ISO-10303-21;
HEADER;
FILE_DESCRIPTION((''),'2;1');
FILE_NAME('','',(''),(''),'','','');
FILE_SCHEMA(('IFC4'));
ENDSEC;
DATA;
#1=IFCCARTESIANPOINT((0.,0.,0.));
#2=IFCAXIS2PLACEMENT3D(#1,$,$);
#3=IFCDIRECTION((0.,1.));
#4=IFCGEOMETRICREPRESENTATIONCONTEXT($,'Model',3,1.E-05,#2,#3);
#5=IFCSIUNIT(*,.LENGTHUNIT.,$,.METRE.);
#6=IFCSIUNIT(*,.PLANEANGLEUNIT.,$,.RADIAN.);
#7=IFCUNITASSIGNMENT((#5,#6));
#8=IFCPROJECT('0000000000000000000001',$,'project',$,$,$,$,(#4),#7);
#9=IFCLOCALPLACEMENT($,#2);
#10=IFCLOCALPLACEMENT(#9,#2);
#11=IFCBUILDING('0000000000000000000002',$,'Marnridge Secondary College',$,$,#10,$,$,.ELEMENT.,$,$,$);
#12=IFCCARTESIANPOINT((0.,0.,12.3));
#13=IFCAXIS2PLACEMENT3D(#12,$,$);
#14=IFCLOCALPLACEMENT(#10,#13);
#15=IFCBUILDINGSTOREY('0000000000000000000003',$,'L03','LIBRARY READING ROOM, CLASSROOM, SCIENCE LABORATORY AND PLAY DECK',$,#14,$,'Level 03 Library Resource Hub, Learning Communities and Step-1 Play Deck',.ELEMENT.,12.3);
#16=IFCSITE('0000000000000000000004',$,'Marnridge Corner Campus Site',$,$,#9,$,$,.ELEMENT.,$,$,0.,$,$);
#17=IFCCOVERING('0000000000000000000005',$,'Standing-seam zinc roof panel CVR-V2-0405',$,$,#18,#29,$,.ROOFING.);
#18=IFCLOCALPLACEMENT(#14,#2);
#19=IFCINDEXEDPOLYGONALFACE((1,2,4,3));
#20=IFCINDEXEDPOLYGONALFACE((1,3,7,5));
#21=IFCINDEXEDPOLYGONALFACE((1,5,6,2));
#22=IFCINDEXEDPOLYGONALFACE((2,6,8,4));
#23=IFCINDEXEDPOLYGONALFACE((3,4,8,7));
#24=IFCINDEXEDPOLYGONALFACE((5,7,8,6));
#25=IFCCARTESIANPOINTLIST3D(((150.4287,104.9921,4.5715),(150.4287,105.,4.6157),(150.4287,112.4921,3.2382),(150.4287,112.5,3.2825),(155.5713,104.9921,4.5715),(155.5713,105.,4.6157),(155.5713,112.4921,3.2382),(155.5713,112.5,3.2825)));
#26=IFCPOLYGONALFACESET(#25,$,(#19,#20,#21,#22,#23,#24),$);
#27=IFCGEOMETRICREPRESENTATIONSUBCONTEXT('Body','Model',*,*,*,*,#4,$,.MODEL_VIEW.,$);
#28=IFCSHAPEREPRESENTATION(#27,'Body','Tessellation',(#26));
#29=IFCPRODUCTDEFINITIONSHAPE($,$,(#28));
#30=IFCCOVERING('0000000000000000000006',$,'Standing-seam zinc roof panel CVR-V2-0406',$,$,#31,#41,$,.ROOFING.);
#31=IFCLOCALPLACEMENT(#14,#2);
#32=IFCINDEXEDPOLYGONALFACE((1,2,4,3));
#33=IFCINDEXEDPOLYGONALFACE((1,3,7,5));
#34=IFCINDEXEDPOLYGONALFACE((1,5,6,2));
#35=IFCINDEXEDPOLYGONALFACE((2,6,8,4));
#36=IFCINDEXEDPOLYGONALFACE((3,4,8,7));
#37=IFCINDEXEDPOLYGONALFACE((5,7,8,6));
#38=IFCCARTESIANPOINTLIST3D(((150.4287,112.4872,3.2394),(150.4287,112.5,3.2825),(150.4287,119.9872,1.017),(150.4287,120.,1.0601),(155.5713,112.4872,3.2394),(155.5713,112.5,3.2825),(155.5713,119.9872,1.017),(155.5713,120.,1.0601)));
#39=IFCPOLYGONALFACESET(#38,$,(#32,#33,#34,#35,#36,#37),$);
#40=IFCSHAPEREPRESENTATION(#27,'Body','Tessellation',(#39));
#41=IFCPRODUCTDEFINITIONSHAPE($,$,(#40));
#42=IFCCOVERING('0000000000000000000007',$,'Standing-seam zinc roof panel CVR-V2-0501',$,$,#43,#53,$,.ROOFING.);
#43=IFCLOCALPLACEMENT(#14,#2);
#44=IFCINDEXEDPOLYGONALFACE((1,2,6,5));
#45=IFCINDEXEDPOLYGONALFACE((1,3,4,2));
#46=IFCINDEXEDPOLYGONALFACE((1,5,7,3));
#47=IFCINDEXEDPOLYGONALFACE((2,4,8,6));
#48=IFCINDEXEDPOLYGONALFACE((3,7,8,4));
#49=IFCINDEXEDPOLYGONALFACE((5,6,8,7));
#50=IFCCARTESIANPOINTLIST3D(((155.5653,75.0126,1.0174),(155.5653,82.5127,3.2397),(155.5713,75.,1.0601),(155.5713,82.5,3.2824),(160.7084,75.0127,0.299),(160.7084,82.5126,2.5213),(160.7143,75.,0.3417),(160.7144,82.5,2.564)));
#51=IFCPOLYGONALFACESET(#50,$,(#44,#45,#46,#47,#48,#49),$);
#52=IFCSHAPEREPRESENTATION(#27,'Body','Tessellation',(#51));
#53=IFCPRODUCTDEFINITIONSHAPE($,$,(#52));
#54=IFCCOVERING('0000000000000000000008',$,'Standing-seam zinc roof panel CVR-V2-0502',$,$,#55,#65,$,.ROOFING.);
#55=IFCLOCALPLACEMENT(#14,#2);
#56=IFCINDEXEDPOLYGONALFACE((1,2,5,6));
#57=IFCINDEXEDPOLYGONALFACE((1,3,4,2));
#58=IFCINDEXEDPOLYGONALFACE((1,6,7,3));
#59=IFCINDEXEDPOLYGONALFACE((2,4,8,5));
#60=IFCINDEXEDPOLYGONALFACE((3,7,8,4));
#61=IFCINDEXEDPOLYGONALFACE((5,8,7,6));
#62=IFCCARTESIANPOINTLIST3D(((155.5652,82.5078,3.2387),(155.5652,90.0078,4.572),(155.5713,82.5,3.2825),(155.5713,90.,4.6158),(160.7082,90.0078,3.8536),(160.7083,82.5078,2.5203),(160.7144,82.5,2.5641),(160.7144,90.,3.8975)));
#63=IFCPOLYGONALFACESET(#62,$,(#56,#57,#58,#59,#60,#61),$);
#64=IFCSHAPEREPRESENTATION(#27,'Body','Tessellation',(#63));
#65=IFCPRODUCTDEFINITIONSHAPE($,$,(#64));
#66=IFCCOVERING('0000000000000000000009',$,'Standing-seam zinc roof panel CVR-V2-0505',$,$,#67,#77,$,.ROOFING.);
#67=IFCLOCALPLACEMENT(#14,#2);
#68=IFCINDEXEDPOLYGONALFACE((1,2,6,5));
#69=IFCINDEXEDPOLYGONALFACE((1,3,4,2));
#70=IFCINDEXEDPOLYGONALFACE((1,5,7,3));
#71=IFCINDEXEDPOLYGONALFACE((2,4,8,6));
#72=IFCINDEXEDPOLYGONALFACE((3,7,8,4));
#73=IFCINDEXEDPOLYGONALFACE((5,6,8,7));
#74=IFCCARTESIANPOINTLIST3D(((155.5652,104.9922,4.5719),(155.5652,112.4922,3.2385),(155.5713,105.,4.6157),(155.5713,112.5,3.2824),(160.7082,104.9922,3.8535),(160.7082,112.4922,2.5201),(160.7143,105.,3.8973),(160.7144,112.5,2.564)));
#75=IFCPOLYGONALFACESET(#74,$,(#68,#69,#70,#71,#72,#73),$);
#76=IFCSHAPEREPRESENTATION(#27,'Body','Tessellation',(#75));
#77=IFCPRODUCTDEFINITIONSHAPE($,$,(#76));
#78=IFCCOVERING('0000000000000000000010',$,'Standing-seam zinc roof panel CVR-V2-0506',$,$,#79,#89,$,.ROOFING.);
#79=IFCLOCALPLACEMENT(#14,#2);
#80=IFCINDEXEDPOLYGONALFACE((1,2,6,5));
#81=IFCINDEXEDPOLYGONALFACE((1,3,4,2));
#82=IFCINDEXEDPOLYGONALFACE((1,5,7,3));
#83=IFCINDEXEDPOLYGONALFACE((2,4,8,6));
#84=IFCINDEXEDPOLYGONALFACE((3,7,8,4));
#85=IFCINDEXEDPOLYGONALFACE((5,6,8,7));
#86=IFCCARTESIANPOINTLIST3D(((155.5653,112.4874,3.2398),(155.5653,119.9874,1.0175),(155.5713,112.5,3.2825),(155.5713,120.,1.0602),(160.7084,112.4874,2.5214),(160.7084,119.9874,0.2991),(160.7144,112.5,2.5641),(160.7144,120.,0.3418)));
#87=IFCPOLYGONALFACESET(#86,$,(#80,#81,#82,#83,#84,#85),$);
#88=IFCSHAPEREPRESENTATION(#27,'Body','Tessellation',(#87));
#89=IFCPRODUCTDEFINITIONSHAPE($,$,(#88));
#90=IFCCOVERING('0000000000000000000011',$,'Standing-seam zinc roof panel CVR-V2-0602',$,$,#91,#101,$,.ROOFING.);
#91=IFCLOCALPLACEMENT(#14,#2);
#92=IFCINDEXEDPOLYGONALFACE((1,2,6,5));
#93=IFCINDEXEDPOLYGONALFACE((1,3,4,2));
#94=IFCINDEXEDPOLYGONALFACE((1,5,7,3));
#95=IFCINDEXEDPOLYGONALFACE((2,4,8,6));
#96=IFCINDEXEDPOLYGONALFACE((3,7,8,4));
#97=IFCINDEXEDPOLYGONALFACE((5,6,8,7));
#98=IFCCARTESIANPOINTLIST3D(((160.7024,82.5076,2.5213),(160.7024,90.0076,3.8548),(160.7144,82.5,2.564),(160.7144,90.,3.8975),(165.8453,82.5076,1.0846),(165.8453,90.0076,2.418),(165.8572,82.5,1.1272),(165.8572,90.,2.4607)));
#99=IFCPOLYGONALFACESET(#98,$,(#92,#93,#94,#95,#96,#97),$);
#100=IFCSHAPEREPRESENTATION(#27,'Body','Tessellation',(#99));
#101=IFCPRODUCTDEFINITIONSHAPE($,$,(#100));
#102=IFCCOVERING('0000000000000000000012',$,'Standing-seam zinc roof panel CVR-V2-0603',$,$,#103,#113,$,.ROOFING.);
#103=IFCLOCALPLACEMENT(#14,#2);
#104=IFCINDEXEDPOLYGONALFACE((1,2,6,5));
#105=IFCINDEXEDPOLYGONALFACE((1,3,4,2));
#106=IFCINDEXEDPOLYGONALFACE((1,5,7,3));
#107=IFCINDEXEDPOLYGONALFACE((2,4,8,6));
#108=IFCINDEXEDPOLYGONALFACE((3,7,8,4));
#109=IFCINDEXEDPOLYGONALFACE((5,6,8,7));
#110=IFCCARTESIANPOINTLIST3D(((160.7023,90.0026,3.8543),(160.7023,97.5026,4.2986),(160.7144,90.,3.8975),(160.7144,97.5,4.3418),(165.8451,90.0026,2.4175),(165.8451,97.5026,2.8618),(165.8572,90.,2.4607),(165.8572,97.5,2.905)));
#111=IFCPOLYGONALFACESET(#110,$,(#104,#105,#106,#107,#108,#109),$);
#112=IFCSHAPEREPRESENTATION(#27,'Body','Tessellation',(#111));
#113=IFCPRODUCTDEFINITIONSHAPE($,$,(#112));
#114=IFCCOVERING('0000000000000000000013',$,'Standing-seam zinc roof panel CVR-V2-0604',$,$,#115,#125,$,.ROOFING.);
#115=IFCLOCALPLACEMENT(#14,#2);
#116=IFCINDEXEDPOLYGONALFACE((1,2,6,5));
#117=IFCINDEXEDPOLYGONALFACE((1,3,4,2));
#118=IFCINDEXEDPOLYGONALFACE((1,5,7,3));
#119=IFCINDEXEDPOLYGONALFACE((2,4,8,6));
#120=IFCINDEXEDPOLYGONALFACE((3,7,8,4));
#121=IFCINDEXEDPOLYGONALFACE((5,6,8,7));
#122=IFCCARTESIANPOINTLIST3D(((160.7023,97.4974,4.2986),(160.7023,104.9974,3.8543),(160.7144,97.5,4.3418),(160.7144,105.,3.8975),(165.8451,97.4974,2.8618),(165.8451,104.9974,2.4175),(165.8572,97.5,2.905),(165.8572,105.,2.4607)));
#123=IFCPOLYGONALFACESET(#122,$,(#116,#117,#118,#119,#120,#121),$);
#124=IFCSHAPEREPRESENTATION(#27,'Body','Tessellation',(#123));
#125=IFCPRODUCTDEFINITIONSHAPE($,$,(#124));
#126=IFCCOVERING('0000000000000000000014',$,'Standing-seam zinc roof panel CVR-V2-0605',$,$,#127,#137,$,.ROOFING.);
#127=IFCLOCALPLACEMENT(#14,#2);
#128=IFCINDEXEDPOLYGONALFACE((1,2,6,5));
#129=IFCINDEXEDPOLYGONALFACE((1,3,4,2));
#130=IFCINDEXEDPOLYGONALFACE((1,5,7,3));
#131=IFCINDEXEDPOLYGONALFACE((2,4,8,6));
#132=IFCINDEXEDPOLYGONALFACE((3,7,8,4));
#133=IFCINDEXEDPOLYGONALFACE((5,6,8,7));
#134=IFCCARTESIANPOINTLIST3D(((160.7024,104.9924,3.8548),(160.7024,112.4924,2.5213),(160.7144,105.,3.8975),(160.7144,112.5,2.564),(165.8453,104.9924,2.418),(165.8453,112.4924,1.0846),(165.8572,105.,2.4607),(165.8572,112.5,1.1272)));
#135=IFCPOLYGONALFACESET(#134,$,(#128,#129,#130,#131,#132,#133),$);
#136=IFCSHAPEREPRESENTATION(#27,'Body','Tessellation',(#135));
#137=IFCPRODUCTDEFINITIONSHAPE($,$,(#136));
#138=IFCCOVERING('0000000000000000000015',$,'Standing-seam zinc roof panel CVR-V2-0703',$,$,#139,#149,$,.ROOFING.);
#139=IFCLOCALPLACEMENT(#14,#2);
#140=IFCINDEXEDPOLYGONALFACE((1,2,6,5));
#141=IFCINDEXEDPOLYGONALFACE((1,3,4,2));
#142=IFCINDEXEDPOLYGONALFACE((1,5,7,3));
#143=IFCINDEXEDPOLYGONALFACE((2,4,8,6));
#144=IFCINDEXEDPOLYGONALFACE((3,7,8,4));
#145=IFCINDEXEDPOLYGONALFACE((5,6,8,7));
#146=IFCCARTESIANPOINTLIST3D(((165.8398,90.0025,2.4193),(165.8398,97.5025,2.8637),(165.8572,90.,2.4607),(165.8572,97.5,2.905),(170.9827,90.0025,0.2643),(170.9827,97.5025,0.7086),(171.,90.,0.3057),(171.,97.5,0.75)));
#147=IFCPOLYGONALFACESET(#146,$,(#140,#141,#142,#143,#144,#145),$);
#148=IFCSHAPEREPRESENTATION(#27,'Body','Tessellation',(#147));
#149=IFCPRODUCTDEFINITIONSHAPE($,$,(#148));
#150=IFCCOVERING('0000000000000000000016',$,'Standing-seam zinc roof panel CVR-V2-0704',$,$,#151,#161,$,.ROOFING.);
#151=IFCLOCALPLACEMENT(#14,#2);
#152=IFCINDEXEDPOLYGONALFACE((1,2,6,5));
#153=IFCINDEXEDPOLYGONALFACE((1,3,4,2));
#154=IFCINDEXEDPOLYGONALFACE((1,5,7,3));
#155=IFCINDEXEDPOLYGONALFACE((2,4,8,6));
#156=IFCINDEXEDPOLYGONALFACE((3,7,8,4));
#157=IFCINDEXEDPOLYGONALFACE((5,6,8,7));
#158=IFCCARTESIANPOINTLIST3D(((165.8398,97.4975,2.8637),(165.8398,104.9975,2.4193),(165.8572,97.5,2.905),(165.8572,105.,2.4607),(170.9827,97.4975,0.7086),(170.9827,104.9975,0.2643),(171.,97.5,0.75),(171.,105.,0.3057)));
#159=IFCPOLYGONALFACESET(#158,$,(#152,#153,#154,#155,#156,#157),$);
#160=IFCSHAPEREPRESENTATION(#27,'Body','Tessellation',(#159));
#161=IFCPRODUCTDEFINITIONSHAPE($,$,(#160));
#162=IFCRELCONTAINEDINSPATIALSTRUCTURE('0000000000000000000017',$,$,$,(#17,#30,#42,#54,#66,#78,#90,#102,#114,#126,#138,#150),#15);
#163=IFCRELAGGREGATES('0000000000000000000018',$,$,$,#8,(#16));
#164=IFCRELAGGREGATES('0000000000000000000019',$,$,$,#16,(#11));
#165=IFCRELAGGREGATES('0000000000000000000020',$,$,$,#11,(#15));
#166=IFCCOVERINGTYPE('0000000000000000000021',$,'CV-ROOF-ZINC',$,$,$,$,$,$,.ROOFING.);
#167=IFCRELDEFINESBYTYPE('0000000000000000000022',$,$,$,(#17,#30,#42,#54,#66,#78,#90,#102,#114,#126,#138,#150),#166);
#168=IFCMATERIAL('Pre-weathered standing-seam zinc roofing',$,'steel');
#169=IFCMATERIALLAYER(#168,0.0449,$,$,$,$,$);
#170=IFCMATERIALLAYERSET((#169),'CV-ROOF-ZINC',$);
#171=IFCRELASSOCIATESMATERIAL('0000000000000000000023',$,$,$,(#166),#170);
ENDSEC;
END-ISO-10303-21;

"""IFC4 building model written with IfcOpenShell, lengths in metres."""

from ifc_helpers import new_model, si_unit, direction, frame, origin, place, context, subcontext, project, spatial, polyline, outline, extrude, material, layer, layer_set, type_object, element, save


model = new_model("IFC4")

# Units and contexts
model_context = context("Model", 3, precision=1e-05, world=origin(), true_north=direction((0.0, 1.0)))
body_context = subcontext(model_context, "Body", "Model", "MODEL_VIEW")
ifc_project = project(units=[si_unit("LENGTHUNIT", "METRE"), si_unit("PLANEANGLEUNIT", "RADIAN")], contexts=[model_context])

# Site, building, storey
site_placement = place(None, origin())
site = spatial("IfcSite", under=ifc_project, at=site_placement, Name="Marnridge Corner Campus Site", CompositionType="ELEMENT", RefElevation=0.0)
building_placement = place(site_placement, origin())
building = spatial("IfcBuilding", under=site, at=building_placement, Name="Marnridge Secondary College", CompositionType="ELEMENT")
storey_placement = place(building_placement, frame((0.0, 0.0, 12.3)))
storey = spatial("IfcBuildingStorey", under=building, at=storey_placement, Name="L03", Description="LIBRARY READING ROOM, CLASSROOM, SCIENCE LABORATORY AND PLAY DECK", LongName="Level 03 Library Resource Hub, Learning Communities and Step-1 Play Deck", CompositionType="ELEMENT", Elevation=12.3)

# Coverings
ifc_material_1 = material(Name="Pre-weathered standing-seam zinc roofing", Category="steel")
ifc_layer_1 = layer(ifc_material_1, 0.0449)
ifc_layer_set_1 = layer_set([ifc_layer_1], Name="CV-ROOF-ZINC")
covering_type = type_object("IfcCoveringType", Name="CV-ROOF-ZINC", PredefinedType="ROOFING", material=ifc_layer_set_1)
for number, where, z_axis, x_axis, name in (
    (1, (150.4287, 105.0, 4.6157), (0.0, 0.175023, 0.984564), (1.0, 0.0, 0.0), "Standing-seam zinc roof panel CVR-V2-0405"),
):
    element("IfcCovering", number, at=place(storey_placement, frame(where, z_axis=z_axis, x_axis=x_axis)), inside=storey, type_object=covering_type, Name=name, PredefinedType="ROOFING", context=body_context, shape_type="SweptSolid", body=[
        extrude(outline(polyline([(0.0, 0.0), (5.1426, 0.0), (5.1426, 7.6176), (0.0, 7.6176), (0.0, 0.0)])), origin(), (0.0, 0.0, -1.0), 0.0449),
    ])
covering_1_placement = place(storey_placement, frame((150.4287, 112.5, 3.2825), z_axis=(0.0, 0.284111, 0.958792), x_axis=(1.0, 0.0, 0.0)))
element("IfcCovering", 2, at=covering_1_placement, inside=storey, type_object=covering_type, Name="Standing-seam zinc roof panel CVR-V2-0406", PredefinedType="ROOFING", context=body_context, shape_type="SweptSolid", body=[
    extrude(outline(polyline([(0.0, 0.0), (5.1426, 0.0), (5.1426, 7.8223), (0.0, 7.8223), (0.0, 0.0)])), origin(), (0.0, 0.0, -1.0), 0.0449),
])
covering_2_placement = place(storey_placement, frame((155.5713, 75.0, 1.0601), z_axis=(0.13274, -0.281582, 0.950311), x_axis=(0.990385, 0.000006, -0.138335)))
element("IfcCovering", 3, at=covering_2_placement, inside=storey, type_object=covering_type, Name="Standing-seam zinc roof panel CVR-V2-0501", PredefinedType="ROOFING", context=body_context, shape_type="SweptSolid", body=[
    extrude(outline(polyline([(0.0, 0.0), (5.193, 0.0), (4.8856, 7.8162), (-0.3074, 7.8163), (0.0, 0.0)])), origin(), (0.0, 0.0, -1.0), 0.0449),
])
covering_3_placement = place(storey_placement, frame((155.5713, 82.5, 3.2825), z_axis=(0.136241, -0.173406, 0.975381), x_axis=(0.990385, -0.000004, -0.138338)))
element("IfcCovering", 4, at=covering_3_placement, inside=storey, type_object=covering_type, Name="Standing-seam zinc roof panel CVR-V2-0502", PredefinedType="ROOFING", context=body_context, shape_type="SweptSolid", body=[
    extrude(outline(polyline([(0.0, 0.0), (5.193, 0.0), (5.0085, 7.6154), (-0.1845, 7.6153), (0.0, 0.0)])), origin(), (0.0, 0.0, -1.0), 0.0449),
])
covering_4_placement = place(storey_placement, frame((155.5713, 105.0, 4.6157), z_axis=(0.136241, 0.173406, 0.975381), x_axis=(0.990385, -0.000004, -0.138336)))
element("IfcCovering", 5, at=covering_4_placement, inside=storey, type_object=covering_type, Name="Standing-seam zinc roof panel CVR-V2-0505", PredefinedType="ROOFING", context=body_context, shape_type="SweptSolid", body=[
    extrude(outline(polyline([(0.0, 0.0), (5.193, 0.0), (5.3774, 7.6154), (0.1844, 7.6153), (0.0, 0.0)])), origin(), (0.0, 0.0, -1.0), 0.0449),
])
covering_5_placement = place(storey_placement, frame((155.5713, 112.5, 3.2825), z_axis=(0.13274, 0.281582, 0.950311), x_axis=(0.990385, 0.000006, -0.138339)))
element("IfcCovering", 6, at=covering_5_placement, inside=storey, type_object=covering_type, Name="Standing-seam zinc roof panel CVR-V2-0506", PredefinedType="ROOFING", context=body_context, shape_type="SweptSolid", body=[
    extrude(outline(polyline([(0.0, 0.0), (5.193, 0.0), (5.5005, 7.8162), (0.3075, 7.8163), (0.0, 0.0)])), origin(), (0.0, 0.0, -1.0), 0.0449),
])
covering_6_placement = place(storey_placement, frame((160.7144, 82.5, 2.564), z_axis=(0.26521, -0.168785, 0.949302), x_axis=(0.963121, 0.0, -0.26907)))
element("IfcCovering", 7, at=covering_6_placement, inside=storey, type_object=covering_type, Name="Standing-seam zinc roof panel CVR-V2-0602", PredefinedType="ROOFING", context=body_context, shape_type="SweptSolid", body=[
    extrude(outline(polyline([(0.0, 0.0), (5.3397, 0.0), (4.9809, 7.6092), (-0.3588, 7.6092), (0.0, 0.0)])), origin(), (0.0, 0.0, -1.0), 0.0449),
])
covering_7_placement = place(storey_placement, frame((160.7144, 90.0, 3.8975), z_axis=(0.268633, -0.056967, 0.961556), x_axis=(0.963121, 0.0, -0.26907)))
element("IfcCovering", 8, at=covering_7_placement, inside=storey, type_object=covering_type, Name="Standing-seam zinc roof panel CVR-V2-0603", PredefinedType="ROOFING", context=body_context, shape_type="SweptSolid", body=[
    extrude(outline(polyline([(0.0, 0.0), (5.3397, 0.0), (5.2202, 7.5122), (-0.1196, 7.5122), (0.0, 0.0)])), origin(), (0.0, 0.0, -1.0), 0.0449),
])
covering_8_placement = place(storey_placement, frame((160.7144, 97.5, 4.3418), z_axis=(0.268633, 0.056967, 0.961556), x_axis=(0.963121, 0.0, -0.26907)))
element("IfcCovering", 9, at=covering_8_placement, inside=storey, type_object=covering_type, Name="Standing-seam zinc roof panel CVR-V2-0604", PredefinedType="ROOFING", context=body_context, shape_type="SweptSolid", body=[
    extrude(outline(polyline([(0.0, 0.0), (5.3397, 0.0), (5.4593, 7.5122), (0.1196, 7.5122), (0.0, 0.0)])), origin(), (0.0, 0.0, -1.0), 0.0449),
])
covering_9_placement = place(storey_placement, frame((160.7144, 105.0, 3.8975), z_axis=(0.26521, 0.168785, 0.949302), x_axis=(0.963121, 0.0, -0.26907)))
element("IfcCovering", 10, at=covering_9_placement, inside=storey, type_object=covering_type, Name="Standing-seam zinc roof panel CVR-V2-0605", PredefinedType="ROOFING", context=body_context, shape_type="SweptSolid", body=[
    extrude(outline(polyline([(0.0, 0.0), (5.3397, 0.0), (5.6986, 7.6092), (0.3588, 7.6092), (0.0, 0.0)])), origin(), (0.0, 0.0, -1.0), 0.0449),
])
covering_10_placement = place(storey_placement, frame((165.8572, 90.0, 2.4607), z_axis=(0.385901, -0.05456, 0.920925), x_axis=(0.922299, 0.0, -0.386477)))
element("IfcCovering", 11, at=covering_10_placement, inside=storey, type_object=covering_type, Name="Standing-seam zinc roof panel CVR-V2-0703", PredefinedType="ROOFING", context=body_context, shape_type="SweptSolid", body=[
    extrude(outline(polyline([(0.0, 0.0), (5.5761, 0.0), (5.4044, 7.5112), (-0.1717, 7.5112), (0.0, 0.0)])), origin(), (0.0, 0.0, -1.0), 0.0449),
])
covering_11_placement = place(storey_placement, frame((165.8572, 97.5, 2.905), z_axis=(0.385901, 0.05456, 0.920925), x_axis=(0.922299, 0.0, -0.386477)))
element("IfcCovering", 12, at=covering_11_placement, inside=storey, type_object=covering_type, Name="Standing-seam zinc roof panel CVR-V2-0704", PredefinedType="ROOFING", context=body_context, shape_type="SweptSolid", body=[
    extrude(outline(polyline([(0.0, 0.0), (5.5761, 0.0), (5.7478, 7.5112), (0.1717, 7.5112), (0.0, 0.0)])), origin(), (0.0, 0.0, -1.0), 0.0449),
])

save(model, "model.ifc")
